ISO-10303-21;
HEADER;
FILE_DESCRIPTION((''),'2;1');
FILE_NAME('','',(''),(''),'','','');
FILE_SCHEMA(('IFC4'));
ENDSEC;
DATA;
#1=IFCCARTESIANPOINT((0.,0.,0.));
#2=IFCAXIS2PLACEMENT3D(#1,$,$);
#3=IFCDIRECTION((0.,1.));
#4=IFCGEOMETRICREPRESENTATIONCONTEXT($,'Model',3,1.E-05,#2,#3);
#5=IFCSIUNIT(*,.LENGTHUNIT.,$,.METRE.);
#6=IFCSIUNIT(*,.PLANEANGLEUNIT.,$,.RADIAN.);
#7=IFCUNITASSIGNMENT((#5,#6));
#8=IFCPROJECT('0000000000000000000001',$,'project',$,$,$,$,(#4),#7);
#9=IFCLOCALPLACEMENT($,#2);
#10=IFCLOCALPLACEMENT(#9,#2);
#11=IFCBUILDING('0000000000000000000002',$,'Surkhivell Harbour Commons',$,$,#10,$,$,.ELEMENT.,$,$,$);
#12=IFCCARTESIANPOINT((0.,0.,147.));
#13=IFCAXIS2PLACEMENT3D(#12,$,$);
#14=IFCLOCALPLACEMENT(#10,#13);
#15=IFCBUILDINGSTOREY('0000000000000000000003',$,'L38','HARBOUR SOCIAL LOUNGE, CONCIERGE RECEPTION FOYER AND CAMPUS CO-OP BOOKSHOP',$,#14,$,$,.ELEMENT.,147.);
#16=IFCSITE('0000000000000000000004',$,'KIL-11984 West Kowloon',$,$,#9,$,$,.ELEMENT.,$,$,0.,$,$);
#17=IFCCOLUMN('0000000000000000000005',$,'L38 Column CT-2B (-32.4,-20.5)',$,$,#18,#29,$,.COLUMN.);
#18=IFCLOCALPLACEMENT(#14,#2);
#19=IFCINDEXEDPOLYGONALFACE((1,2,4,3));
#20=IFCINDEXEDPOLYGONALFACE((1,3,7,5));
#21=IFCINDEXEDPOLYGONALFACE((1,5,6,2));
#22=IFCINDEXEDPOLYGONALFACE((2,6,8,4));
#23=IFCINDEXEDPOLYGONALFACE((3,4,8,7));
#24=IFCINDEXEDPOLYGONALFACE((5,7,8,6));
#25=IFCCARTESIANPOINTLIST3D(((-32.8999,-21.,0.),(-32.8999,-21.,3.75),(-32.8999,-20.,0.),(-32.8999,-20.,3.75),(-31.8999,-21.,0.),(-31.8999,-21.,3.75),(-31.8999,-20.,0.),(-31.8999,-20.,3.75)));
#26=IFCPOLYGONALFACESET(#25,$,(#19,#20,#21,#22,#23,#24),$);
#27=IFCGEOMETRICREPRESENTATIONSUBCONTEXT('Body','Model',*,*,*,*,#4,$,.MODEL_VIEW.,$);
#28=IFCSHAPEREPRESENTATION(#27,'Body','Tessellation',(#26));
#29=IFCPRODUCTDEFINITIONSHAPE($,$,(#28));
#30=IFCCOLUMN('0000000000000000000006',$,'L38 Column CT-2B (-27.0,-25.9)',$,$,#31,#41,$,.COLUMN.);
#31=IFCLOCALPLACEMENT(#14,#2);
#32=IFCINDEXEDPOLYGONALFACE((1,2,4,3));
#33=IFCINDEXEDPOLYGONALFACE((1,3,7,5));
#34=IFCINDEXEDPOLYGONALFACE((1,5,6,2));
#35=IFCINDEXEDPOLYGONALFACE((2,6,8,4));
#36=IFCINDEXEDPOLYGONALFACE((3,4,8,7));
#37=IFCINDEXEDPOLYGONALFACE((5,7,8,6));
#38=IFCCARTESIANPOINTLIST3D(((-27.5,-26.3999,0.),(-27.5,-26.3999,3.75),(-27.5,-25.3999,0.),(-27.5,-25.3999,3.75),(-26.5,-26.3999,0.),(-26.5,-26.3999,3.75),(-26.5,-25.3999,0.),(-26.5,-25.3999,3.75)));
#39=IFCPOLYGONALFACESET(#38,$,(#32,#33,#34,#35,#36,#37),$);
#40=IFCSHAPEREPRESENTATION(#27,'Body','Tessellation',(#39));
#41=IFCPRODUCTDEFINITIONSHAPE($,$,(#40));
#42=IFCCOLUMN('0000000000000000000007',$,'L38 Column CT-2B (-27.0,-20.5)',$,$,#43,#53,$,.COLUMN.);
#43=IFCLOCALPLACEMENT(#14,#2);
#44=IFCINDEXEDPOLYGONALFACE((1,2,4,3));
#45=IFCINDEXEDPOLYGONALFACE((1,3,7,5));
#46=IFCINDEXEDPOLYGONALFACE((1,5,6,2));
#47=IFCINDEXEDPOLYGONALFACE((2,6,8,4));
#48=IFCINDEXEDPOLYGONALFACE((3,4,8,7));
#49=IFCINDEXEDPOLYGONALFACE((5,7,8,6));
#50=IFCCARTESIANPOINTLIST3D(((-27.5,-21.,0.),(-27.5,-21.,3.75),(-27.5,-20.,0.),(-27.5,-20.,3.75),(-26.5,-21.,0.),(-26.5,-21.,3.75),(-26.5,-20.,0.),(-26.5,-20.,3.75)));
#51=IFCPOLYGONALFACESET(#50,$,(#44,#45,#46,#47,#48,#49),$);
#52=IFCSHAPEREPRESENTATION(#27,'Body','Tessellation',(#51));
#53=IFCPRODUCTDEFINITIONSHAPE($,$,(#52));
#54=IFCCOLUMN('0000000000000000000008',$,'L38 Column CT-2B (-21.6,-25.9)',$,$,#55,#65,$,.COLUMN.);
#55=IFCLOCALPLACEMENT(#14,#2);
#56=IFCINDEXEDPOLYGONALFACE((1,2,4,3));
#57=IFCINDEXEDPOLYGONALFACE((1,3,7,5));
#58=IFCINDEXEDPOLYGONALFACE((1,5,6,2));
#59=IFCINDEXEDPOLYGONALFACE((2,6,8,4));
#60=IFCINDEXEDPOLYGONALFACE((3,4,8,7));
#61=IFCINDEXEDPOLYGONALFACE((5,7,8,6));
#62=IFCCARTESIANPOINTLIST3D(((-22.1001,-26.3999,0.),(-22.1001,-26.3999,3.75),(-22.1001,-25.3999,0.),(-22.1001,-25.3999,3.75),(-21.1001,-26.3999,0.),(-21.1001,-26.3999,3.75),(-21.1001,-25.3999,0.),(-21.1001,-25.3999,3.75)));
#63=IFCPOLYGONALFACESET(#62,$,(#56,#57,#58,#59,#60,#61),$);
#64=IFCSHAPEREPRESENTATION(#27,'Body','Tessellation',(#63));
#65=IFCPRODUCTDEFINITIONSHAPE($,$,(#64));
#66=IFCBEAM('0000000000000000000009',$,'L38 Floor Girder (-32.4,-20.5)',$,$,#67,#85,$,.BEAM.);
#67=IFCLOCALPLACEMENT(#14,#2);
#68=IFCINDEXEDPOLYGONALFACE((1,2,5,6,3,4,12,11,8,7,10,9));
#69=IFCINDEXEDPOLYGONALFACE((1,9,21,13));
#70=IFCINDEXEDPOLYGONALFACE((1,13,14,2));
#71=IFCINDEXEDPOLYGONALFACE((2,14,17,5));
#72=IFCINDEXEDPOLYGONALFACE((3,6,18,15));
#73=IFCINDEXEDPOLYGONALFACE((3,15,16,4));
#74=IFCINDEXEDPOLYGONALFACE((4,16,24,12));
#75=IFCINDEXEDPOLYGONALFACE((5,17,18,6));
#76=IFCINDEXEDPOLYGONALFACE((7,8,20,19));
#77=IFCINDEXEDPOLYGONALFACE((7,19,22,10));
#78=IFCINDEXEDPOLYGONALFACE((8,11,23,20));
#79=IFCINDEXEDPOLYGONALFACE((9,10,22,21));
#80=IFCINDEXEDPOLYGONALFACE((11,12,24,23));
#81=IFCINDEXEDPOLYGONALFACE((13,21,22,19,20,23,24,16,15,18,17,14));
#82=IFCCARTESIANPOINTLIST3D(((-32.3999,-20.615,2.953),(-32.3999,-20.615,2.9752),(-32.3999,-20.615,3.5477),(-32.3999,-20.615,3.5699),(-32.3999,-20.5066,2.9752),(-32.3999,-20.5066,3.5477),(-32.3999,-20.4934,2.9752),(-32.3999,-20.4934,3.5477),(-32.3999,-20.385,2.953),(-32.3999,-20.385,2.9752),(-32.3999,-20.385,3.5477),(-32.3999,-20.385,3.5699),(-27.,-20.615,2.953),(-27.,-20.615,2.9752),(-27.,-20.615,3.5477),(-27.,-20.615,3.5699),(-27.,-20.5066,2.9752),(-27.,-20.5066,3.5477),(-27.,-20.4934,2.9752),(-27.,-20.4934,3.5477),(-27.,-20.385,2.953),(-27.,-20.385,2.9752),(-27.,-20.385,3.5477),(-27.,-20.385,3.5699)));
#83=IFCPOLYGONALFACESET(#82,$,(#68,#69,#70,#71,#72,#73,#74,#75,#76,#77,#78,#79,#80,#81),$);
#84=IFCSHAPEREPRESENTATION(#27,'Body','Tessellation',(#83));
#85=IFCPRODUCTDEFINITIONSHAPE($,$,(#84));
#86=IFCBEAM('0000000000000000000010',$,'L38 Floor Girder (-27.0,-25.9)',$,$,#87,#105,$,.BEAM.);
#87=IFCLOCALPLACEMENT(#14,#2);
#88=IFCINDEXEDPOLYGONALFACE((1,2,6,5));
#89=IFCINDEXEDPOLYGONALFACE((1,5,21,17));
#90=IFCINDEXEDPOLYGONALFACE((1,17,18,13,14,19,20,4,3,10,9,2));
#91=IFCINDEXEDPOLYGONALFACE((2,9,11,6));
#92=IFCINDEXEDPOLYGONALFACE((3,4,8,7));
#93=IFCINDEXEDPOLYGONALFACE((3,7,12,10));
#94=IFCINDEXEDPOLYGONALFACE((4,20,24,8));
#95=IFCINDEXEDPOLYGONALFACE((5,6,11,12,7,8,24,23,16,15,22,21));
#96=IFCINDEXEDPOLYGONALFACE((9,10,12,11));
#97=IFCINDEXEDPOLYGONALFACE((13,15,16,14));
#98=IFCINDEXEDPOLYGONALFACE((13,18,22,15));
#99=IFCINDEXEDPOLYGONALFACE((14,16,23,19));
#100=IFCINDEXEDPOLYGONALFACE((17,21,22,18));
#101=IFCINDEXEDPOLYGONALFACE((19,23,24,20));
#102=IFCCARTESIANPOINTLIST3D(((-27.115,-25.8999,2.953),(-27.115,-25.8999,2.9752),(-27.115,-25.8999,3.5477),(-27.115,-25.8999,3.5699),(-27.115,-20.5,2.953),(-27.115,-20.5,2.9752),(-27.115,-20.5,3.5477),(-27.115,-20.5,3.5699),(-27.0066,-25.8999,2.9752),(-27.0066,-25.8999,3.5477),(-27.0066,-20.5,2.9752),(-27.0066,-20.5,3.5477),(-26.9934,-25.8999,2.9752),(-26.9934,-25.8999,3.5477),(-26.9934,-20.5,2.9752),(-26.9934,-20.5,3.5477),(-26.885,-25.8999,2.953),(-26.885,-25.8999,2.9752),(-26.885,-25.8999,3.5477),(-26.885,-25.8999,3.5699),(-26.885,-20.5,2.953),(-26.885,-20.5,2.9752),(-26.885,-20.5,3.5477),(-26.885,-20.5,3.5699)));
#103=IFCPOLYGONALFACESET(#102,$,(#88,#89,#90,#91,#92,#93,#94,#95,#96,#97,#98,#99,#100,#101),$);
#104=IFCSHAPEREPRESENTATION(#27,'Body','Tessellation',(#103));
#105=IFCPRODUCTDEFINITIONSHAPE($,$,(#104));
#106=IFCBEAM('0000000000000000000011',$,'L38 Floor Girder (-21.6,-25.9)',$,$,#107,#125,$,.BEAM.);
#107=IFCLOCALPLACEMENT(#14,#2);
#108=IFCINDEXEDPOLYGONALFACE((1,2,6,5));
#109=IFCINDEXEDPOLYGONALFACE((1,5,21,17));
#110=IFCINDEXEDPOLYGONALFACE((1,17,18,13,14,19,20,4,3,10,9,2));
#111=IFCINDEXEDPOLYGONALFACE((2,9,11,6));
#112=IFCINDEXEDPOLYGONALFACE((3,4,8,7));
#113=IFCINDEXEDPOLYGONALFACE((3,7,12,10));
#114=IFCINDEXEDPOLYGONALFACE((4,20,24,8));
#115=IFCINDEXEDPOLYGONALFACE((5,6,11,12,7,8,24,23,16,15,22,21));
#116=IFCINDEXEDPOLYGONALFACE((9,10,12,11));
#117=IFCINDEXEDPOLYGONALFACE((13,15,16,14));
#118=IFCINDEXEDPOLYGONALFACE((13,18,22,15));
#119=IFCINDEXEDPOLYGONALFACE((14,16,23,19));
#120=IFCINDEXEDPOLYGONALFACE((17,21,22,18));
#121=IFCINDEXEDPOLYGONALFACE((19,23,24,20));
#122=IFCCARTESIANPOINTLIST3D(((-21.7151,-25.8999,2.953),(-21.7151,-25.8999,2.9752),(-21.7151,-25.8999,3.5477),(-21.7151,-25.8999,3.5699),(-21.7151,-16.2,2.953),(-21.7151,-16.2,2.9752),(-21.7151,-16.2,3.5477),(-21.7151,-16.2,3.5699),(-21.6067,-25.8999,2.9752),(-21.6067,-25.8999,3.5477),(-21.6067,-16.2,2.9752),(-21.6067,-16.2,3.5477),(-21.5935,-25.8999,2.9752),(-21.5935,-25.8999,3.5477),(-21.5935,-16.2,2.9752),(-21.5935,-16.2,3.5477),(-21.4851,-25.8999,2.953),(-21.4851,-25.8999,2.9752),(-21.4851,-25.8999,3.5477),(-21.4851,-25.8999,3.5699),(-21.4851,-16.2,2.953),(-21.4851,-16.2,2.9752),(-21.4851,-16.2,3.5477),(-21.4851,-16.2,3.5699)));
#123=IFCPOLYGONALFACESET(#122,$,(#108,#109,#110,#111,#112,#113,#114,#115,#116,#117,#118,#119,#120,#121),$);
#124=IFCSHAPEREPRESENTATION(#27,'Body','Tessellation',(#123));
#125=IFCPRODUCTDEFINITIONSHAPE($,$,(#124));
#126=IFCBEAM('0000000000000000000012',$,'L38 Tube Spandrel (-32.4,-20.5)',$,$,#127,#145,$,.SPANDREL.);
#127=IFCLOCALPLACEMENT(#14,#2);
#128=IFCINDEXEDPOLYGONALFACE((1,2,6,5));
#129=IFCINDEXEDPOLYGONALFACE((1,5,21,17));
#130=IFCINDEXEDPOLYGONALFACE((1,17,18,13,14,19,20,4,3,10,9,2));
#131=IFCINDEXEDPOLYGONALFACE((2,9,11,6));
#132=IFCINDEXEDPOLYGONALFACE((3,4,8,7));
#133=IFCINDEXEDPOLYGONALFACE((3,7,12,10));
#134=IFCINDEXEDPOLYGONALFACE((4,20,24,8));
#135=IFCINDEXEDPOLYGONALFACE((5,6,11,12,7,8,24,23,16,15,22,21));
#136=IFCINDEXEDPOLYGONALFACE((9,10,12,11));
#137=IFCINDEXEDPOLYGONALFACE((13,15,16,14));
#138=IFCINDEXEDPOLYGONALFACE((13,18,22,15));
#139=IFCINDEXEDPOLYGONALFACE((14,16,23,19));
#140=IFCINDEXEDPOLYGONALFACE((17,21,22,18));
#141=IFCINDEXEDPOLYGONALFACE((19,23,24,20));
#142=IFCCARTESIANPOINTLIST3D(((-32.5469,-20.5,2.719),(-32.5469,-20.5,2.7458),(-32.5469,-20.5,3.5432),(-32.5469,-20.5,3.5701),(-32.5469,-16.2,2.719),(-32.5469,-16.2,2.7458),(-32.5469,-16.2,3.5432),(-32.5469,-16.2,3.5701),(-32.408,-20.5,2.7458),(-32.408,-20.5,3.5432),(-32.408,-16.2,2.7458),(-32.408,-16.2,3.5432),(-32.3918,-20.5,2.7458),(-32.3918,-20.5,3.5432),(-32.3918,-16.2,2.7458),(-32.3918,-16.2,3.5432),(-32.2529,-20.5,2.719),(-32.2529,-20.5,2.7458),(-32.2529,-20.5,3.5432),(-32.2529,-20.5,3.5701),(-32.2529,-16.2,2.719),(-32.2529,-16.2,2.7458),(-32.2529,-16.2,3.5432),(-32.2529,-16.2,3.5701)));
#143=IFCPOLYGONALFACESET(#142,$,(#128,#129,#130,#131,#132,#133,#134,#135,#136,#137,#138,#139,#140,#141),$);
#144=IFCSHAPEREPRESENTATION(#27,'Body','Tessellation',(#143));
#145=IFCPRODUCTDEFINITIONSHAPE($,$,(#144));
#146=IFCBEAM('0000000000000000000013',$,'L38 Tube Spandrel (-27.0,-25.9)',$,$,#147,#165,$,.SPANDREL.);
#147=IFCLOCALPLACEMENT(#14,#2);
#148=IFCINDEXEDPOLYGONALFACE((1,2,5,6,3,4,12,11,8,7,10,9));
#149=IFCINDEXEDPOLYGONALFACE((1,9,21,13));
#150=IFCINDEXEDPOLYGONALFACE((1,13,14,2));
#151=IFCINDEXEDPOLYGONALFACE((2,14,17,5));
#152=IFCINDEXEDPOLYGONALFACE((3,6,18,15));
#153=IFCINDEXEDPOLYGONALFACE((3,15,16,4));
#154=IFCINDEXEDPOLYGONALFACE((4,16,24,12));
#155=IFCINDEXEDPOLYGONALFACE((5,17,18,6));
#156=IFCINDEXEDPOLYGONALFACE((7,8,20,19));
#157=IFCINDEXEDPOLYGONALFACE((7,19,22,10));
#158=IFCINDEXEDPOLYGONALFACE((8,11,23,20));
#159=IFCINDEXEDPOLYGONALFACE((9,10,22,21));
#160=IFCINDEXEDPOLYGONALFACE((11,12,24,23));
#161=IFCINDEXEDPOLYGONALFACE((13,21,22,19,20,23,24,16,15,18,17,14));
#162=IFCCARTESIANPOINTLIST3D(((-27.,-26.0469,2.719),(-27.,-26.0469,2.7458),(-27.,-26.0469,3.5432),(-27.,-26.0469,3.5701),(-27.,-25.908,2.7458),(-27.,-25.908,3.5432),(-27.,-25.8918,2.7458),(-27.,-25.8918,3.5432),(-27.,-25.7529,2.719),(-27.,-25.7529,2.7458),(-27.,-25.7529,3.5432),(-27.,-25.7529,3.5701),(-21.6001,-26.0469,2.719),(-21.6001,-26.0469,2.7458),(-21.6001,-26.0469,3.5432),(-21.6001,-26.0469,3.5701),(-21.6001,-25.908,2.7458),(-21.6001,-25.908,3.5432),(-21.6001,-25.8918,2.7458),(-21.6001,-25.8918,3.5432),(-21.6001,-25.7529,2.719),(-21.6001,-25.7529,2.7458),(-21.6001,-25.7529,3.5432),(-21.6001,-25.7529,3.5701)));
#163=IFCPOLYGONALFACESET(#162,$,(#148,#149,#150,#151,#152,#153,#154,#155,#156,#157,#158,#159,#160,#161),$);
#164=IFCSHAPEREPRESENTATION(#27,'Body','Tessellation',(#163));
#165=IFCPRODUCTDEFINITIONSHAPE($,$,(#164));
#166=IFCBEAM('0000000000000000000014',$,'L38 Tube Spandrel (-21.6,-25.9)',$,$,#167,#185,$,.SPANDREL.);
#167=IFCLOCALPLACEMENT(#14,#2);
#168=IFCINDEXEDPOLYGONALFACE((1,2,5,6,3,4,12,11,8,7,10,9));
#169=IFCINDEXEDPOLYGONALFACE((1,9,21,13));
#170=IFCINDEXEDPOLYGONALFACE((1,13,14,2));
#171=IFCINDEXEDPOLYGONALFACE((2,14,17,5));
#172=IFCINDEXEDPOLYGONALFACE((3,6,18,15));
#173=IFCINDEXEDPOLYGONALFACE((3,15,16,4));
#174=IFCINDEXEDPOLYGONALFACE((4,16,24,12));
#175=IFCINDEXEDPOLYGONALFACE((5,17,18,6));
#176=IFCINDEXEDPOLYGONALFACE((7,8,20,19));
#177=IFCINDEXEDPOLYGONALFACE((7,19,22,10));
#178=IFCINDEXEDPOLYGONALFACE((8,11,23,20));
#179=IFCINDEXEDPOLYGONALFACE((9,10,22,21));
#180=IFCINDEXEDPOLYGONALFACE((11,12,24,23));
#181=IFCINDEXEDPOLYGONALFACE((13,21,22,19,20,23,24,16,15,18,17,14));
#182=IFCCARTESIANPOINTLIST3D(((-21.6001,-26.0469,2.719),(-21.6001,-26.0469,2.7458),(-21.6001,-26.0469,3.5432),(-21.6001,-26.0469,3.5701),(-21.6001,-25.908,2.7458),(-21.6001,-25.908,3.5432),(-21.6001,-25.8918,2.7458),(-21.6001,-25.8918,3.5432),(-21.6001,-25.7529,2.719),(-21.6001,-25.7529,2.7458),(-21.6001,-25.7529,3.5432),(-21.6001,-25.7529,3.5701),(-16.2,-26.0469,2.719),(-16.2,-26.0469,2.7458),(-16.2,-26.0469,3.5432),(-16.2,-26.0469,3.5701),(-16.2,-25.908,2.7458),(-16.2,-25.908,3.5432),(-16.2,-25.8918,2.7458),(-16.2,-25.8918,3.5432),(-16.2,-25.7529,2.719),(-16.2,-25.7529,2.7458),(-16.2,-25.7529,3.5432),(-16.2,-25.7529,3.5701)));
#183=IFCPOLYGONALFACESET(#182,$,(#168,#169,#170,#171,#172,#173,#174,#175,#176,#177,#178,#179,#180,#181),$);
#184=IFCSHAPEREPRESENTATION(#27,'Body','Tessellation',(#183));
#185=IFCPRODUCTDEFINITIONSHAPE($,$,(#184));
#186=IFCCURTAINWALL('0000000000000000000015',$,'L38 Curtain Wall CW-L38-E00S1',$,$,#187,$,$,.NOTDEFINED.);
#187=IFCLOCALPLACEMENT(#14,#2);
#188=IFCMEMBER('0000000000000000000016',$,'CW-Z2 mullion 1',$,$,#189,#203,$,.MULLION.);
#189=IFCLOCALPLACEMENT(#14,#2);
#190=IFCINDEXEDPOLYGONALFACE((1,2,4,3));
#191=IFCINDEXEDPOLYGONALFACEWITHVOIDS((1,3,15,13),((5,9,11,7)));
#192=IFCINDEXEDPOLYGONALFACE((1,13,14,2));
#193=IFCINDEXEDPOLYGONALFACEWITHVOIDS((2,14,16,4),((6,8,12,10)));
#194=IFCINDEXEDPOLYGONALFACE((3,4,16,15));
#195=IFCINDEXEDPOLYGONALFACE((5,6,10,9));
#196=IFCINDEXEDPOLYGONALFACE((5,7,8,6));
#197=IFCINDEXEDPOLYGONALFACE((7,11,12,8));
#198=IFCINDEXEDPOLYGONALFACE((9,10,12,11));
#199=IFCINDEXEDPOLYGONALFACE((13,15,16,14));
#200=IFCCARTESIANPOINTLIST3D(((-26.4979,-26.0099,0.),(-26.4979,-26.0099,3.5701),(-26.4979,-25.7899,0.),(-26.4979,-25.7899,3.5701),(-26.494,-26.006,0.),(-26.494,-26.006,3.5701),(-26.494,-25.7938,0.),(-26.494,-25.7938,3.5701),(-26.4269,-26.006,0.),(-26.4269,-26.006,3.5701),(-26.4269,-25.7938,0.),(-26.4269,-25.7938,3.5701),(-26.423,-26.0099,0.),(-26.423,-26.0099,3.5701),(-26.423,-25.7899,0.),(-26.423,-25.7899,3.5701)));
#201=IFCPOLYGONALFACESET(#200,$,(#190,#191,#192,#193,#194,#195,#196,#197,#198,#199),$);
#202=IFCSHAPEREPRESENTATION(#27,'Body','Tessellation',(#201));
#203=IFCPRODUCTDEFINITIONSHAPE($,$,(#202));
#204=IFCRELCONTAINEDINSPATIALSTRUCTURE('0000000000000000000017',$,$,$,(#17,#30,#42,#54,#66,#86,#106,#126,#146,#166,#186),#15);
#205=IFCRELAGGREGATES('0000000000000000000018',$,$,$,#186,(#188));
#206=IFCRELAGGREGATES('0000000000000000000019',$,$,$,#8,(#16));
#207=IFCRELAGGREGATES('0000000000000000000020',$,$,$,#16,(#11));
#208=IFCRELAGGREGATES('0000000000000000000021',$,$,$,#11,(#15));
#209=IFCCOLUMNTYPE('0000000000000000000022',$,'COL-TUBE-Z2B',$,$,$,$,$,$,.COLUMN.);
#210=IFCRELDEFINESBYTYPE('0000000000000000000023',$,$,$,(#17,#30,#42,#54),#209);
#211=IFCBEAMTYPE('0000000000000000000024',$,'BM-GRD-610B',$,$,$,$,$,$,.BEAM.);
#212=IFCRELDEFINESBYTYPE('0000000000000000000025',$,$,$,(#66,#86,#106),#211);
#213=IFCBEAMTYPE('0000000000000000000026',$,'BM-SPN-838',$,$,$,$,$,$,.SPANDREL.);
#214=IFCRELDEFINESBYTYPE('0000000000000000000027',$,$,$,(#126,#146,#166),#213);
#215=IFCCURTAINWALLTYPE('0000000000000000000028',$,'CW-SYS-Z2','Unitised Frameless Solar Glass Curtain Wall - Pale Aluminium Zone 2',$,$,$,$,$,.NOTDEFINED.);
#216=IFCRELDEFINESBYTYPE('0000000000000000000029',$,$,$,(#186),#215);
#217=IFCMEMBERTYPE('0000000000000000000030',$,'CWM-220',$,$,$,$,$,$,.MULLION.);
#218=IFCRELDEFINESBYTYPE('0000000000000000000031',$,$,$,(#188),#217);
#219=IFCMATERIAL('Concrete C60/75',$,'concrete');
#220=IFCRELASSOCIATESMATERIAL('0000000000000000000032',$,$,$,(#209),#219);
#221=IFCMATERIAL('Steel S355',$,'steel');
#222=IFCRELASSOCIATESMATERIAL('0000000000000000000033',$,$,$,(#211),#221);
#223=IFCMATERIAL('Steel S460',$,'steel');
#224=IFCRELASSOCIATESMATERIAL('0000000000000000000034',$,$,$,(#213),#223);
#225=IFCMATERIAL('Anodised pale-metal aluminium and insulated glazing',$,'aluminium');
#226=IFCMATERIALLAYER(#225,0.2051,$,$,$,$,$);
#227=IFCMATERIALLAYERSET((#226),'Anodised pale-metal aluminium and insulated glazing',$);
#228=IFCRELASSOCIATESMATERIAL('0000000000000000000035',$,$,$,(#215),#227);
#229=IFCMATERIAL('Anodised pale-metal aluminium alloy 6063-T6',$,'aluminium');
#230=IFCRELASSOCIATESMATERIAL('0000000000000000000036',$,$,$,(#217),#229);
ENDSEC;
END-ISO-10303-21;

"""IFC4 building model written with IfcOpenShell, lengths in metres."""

from ifc_helpers import new_model, si_unit, direction, frame, origin, origin_2d, place, context, subcontext, project, spatial, rectangle, hollow_rectangle, i_section, extrude, material, layer, layer_set, material_profile, profile_set, type_object, element, aggregate, save


model = new_model("IFC4")

# Units and contexts
model_context = context("Model", 3, precision=1e-05, world=origin(), true_north=direction((0.0, 1.0)))
body_context = subcontext(model_context, "Body", "Model", "MODEL_VIEW")
ifc_project = project(units=[si_unit("LENGTHUNIT", "METRE"), si_unit("PLANEANGLEUNIT", "RADIAN")], contexts=[model_context])

# Site, building, storey
site_placement = place(None, origin())
site = spatial("IfcSite", under=ifc_project, at=site_placement, Name="KIL-11984 West Kowloon", CompositionType="ELEMENT", RefElevation=0.0)
building_placement = place(site_placement, origin())
building = spatial("IfcBuilding", under=site, at=building_placement, Name="Surkhivell Harbour Commons", CompositionType="ELEMENT")
storey_placement = place(building_placement, frame((0.0, 0.0, 147.0)))
storey = spatial("IfcBuildingStorey", under=building, at=storey_placement, Name="L38", Description="HARBOUR SOCIAL LOUNGE, CONCIERGE RECEPTION FOYER AND CAMPUS CO-OP BOOKSHOP", CompositionType="ELEMENT", Elevation=147.0)

# Columns
ifc_material_1 = material(Name="Concrete C60/75", Category="concrete")
ifc_material_profile_1 = material_profile(ifc_material_1, rectangle(XDim=1.0, YDim=1.0, at=origin_2d()), Name="RC-COL-1000x1000")
ifc_profile_set_1 = profile_set([ifc_material_profile_1], Name="Concrete C60/75")
column_type = type_object("IfcColumnType", Name="COL-TUBE-Z2B", PredefinedType="COLUMN", material=ifc_profile_set_1)
for number, where, z_axis, x_axis, name in (
    (1, (-32.3999, -20.5, 0.0), (0.0, 0.0, 1.0), (1.0, 0.0, 0.0), "L38 Column CT-2B (-32.4,-20.5)"),
    (2, (-27.0, -25.8999, 0.0), (0.0, 0.0, 1.0), (1.0, 0.0, 0.0), "L38 Column CT-2B (-27.0,-25.9)"),
    (3, (-27.0, -20.5, 0.0), (0.0, 0.0, 1.0), (1.0, 0.0, 0.0), "L38 Column CT-2B (-27.0,-20.5)"),
    (4, (-21.6001, -25.8999, 0.0), (0.0, 0.0, 1.0), (1.0, 0.0, 0.0), "L38 Column CT-2B (-21.6,-25.9)"),
):
    element("IfcColumn", number, at=place(storey_placement, frame(where, z_axis=z_axis, x_axis=x_axis)), inside=storey, type_object=column_type, Name=name, PredefinedType="COLUMN", context=body_context, shape_type="SweptSolid", body=[
        extrude(rectangle(XDim=1.0, YDim=1.0, at=origin_2d()), origin(), (0.0, 0.0, 1.0), 3.75),
    ])

# Beams
ifc_material_2 = material(Name="Steel S355", Category="steel")
ifc_material_profile_2 = material_profile(ifc_material_2, i_section(OverallWidth=0.23, OverallDepth=0.6169, WebThickness=0.0132, FlangeThickness=0.0222, at=origin_2d()), Name="UB610x229x140")
ifc_profile_set_2 = profile_set([ifc_material_profile_2], Name="Steel S355")
beam_type_1 = type_object("IfcBeamType", Name="BM-GRD-610B", PredefinedType="BEAM", material=ifc_profile_set_2)
for number, where, z_axis, x_axis, name in (
    (5, (-32.3999, -20.5, 3.2615), (1.0, 0.0, 0.0), (0.0, 1.0, 0.0), "L38 Floor Girder (-32.4,-20.5)"),
    (6, (-27.0, -25.8999, 3.2615), (0.0, 1.0, 0.0), (-1.0, 0.0, 0.0), "L38 Floor Girder (-27.0,-25.9)"),
):
    element("IfcBeam", number, at=place(storey_placement, frame(where, z_axis=z_axis, x_axis=x_axis)), inside=storey, type_object=beam_type_1, Name=name, PredefinedType="BEAM", context=body_context, shape_type="SweptSolid", body=[
        extrude(i_section(OverallWidth=0.23, OverallDepth=0.6169, WebThickness=0.0132, FlangeThickness=0.0222, at=origin_2d()), origin(), (0.0, 0.0, 1.0), 5.3999),
    ])
beam_1_placement = place(storey_placement, frame((-21.6001, -25.8999, 3.2615), z_axis=(0.0, 1.0, 0.0), x_axis=(-1.0, 0.0, 0.0)))
element("IfcBeam", 7, at=beam_1_placement, inside=storey, type_object=beam_type_1, Name="L38 Floor Girder (-21.6,-25.9)", PredefinedType="BEAM", context=body_context, shape_type="SweptSolid", body=[
    extrude(i_section(OverallWidth=0.23, OverallDepth=0.6169, WebThickness=0.0132, FlangeThickness=0.0222, at=origin_2d()), origin(), (0.0, 0.0, 1.0), 9.7),
])
ifc_material_3 = material(Name="Steel S460", Category="steel")
ifc_material_profile_3 = material_profile(ifc_material_3, i_section(OverallWidth=0.2939, OverallDepth=0.8511, WebThickness=0.0161, FlangeThickness=0.0269, at=origin_2d()), Name="UB838x292x226")
ifc_profile_set_3 = profile_set([ifc_material_profile_3], Name="Steel S460")
beam_type_2 = type_object("IfcBeamType", Name="BM-SPN-838", PredefinedType="SPANDREL", material=ifc_profile_set_3)
beam_2_placement = place(storey_placement, frame((-32.3999, -20.5, 3.1445), z_axis=(0.0, 1.0, 0.0), x_axis=(-1.0, 0.0, 0.0)))
element("IfcBeam", 8, at=beam_2_placement, inside=storey, type_object=beam_type_2, Name="L38 Tube Spandrel (-32.4,-20.5)", PredefinedType="SPANDREL", context=body_context, shape_type="SweptSolid", body=[
    extrude(i_section(OverallWidth=0.2939, OverallDepth=0.8511, WebThickness=0.0161, FlangeThickness=0.0269, at=origin_2d()), origin(), (0.0, 0.0, 1.0), 4.3),
])
beam_3_placement = place(storey_placement, frame((-27.0, -25.8999, 3.1445), z_axis=(1.0, 0.0, 0.0), x_axis=(0.0, 1.0, 0.0)))
element("IfcBeam", 9, at=beam_3_placement, inside=storey, type_object=beam_type_2, Name="L38 Tube Spandrel (-27.0,-25.9)", PredefinedType="SPANDREL", context=body_context, shape_type="SweptSolid", body=[
    extrude(i_section(OverallWidth=0.2939, OverallDepth=0.8511, WebThickness=0.0161, FlangeThickness=0.0269, at=origin_2d()), origin(), (0.0, 0.0, 1.0), 5.3999),
])
beam_4_placement = place(storey_placement, frame((-21.6001, -25.8999, 3.1445), z_axis=(1.0, 0.0, 0.0), x_axis=(0.0, 1.0, 0.0)))
element("IfcBeam", 10, at=beam_4_placement, inside=storey, type_object=beam_type_2, Name="L38 Tube Spandrel (-21.6,-25.9)", PredefinedType="SPANDREL", context=body_context, shape_type="SweptSolid", body=[
    extrude(i_section(OverallWidth=0.2939, OverallDepth=0.8511, WebThickness=0.0161, FlangeThickness=0.0269, at=origin_2d()), origin(), (0.0, 0.0, 1.0), 5.4001),
])

# Curtain wall, member
ifc_material_4 = material(Name="Anodised pale-metal aluminium and insulated glazing", Category="aluminium")
ifc_layer_1 = layer(ifc_material_4, 0.2051)
ifc_layer_set_1 = layer_set([ifc_layer_1], Name="Anodised pale-metal aluminium and insulated glazing")
curtain_wall_type = type_object("IfcCurtainWallType", Name="CW-SYS-Z2", Description="Unitised Frameless Solar Glass Curtain Wall - Pale Aluminium Zone 2", PredefinedType="NOTDEFINED", material=ifc_layer_set_1)
curtain_wall_1_placement = place(storey_placement, origin())
curtain_wall_1 = element("IfcCurtainWall", 11, at=curtain_wall_1_placement, inside=storey, type_object=curtain_wall_type, Name="L38 Curtain Wall CW-L38-E00S1", PredefinedType="NOTDEFINED")
ifc_material_5 = material(Name="Anodised pale-metal aluminium alloy 6063-T6", Category="aluminium")
ifc_material_profile_4 = material_profile(ifc_material_5, hollow_rectangle(XDim=0.075, YDim=0.22, WallThickness=0.0039, at=origin_2d()), Name="ALU-MULL-75x220")
ifc_profile_set_4 = profile_set([ifc_material_profile_4], Name="Anodised pale-metal aluminium alloy 6063-T6")
member_type_1 = type_object("IfcMemberType", Name="CWM-220", PredefinedType="MULLION", material=ifc_profile_set_4)
member_1_placement = place(storey_placement, frame((-26.4604, -25.8999, 0.0), z_axis=(0.0, 0.0, 1.0), x_axis=(1.0, 0.0, 0.0)))
member_1 = element("IfcMember", 12, at=member_1_placement, type_object=member_type_1, Name="CW-Z2 mullion 1", PredefinedType="MULLION", context=body_context, shape_type="SweptSolid", body=[
    extrude(hollow_rectangle(XDim=0.075, YDim=0.22, WallThickness=0.0039, at=origin_2d()), origin(), (0.0, 0.0, 1.0), 3.5701),
])

aggregate(curtain_wall_1, [member_1])

save(model, "model.ifc")
